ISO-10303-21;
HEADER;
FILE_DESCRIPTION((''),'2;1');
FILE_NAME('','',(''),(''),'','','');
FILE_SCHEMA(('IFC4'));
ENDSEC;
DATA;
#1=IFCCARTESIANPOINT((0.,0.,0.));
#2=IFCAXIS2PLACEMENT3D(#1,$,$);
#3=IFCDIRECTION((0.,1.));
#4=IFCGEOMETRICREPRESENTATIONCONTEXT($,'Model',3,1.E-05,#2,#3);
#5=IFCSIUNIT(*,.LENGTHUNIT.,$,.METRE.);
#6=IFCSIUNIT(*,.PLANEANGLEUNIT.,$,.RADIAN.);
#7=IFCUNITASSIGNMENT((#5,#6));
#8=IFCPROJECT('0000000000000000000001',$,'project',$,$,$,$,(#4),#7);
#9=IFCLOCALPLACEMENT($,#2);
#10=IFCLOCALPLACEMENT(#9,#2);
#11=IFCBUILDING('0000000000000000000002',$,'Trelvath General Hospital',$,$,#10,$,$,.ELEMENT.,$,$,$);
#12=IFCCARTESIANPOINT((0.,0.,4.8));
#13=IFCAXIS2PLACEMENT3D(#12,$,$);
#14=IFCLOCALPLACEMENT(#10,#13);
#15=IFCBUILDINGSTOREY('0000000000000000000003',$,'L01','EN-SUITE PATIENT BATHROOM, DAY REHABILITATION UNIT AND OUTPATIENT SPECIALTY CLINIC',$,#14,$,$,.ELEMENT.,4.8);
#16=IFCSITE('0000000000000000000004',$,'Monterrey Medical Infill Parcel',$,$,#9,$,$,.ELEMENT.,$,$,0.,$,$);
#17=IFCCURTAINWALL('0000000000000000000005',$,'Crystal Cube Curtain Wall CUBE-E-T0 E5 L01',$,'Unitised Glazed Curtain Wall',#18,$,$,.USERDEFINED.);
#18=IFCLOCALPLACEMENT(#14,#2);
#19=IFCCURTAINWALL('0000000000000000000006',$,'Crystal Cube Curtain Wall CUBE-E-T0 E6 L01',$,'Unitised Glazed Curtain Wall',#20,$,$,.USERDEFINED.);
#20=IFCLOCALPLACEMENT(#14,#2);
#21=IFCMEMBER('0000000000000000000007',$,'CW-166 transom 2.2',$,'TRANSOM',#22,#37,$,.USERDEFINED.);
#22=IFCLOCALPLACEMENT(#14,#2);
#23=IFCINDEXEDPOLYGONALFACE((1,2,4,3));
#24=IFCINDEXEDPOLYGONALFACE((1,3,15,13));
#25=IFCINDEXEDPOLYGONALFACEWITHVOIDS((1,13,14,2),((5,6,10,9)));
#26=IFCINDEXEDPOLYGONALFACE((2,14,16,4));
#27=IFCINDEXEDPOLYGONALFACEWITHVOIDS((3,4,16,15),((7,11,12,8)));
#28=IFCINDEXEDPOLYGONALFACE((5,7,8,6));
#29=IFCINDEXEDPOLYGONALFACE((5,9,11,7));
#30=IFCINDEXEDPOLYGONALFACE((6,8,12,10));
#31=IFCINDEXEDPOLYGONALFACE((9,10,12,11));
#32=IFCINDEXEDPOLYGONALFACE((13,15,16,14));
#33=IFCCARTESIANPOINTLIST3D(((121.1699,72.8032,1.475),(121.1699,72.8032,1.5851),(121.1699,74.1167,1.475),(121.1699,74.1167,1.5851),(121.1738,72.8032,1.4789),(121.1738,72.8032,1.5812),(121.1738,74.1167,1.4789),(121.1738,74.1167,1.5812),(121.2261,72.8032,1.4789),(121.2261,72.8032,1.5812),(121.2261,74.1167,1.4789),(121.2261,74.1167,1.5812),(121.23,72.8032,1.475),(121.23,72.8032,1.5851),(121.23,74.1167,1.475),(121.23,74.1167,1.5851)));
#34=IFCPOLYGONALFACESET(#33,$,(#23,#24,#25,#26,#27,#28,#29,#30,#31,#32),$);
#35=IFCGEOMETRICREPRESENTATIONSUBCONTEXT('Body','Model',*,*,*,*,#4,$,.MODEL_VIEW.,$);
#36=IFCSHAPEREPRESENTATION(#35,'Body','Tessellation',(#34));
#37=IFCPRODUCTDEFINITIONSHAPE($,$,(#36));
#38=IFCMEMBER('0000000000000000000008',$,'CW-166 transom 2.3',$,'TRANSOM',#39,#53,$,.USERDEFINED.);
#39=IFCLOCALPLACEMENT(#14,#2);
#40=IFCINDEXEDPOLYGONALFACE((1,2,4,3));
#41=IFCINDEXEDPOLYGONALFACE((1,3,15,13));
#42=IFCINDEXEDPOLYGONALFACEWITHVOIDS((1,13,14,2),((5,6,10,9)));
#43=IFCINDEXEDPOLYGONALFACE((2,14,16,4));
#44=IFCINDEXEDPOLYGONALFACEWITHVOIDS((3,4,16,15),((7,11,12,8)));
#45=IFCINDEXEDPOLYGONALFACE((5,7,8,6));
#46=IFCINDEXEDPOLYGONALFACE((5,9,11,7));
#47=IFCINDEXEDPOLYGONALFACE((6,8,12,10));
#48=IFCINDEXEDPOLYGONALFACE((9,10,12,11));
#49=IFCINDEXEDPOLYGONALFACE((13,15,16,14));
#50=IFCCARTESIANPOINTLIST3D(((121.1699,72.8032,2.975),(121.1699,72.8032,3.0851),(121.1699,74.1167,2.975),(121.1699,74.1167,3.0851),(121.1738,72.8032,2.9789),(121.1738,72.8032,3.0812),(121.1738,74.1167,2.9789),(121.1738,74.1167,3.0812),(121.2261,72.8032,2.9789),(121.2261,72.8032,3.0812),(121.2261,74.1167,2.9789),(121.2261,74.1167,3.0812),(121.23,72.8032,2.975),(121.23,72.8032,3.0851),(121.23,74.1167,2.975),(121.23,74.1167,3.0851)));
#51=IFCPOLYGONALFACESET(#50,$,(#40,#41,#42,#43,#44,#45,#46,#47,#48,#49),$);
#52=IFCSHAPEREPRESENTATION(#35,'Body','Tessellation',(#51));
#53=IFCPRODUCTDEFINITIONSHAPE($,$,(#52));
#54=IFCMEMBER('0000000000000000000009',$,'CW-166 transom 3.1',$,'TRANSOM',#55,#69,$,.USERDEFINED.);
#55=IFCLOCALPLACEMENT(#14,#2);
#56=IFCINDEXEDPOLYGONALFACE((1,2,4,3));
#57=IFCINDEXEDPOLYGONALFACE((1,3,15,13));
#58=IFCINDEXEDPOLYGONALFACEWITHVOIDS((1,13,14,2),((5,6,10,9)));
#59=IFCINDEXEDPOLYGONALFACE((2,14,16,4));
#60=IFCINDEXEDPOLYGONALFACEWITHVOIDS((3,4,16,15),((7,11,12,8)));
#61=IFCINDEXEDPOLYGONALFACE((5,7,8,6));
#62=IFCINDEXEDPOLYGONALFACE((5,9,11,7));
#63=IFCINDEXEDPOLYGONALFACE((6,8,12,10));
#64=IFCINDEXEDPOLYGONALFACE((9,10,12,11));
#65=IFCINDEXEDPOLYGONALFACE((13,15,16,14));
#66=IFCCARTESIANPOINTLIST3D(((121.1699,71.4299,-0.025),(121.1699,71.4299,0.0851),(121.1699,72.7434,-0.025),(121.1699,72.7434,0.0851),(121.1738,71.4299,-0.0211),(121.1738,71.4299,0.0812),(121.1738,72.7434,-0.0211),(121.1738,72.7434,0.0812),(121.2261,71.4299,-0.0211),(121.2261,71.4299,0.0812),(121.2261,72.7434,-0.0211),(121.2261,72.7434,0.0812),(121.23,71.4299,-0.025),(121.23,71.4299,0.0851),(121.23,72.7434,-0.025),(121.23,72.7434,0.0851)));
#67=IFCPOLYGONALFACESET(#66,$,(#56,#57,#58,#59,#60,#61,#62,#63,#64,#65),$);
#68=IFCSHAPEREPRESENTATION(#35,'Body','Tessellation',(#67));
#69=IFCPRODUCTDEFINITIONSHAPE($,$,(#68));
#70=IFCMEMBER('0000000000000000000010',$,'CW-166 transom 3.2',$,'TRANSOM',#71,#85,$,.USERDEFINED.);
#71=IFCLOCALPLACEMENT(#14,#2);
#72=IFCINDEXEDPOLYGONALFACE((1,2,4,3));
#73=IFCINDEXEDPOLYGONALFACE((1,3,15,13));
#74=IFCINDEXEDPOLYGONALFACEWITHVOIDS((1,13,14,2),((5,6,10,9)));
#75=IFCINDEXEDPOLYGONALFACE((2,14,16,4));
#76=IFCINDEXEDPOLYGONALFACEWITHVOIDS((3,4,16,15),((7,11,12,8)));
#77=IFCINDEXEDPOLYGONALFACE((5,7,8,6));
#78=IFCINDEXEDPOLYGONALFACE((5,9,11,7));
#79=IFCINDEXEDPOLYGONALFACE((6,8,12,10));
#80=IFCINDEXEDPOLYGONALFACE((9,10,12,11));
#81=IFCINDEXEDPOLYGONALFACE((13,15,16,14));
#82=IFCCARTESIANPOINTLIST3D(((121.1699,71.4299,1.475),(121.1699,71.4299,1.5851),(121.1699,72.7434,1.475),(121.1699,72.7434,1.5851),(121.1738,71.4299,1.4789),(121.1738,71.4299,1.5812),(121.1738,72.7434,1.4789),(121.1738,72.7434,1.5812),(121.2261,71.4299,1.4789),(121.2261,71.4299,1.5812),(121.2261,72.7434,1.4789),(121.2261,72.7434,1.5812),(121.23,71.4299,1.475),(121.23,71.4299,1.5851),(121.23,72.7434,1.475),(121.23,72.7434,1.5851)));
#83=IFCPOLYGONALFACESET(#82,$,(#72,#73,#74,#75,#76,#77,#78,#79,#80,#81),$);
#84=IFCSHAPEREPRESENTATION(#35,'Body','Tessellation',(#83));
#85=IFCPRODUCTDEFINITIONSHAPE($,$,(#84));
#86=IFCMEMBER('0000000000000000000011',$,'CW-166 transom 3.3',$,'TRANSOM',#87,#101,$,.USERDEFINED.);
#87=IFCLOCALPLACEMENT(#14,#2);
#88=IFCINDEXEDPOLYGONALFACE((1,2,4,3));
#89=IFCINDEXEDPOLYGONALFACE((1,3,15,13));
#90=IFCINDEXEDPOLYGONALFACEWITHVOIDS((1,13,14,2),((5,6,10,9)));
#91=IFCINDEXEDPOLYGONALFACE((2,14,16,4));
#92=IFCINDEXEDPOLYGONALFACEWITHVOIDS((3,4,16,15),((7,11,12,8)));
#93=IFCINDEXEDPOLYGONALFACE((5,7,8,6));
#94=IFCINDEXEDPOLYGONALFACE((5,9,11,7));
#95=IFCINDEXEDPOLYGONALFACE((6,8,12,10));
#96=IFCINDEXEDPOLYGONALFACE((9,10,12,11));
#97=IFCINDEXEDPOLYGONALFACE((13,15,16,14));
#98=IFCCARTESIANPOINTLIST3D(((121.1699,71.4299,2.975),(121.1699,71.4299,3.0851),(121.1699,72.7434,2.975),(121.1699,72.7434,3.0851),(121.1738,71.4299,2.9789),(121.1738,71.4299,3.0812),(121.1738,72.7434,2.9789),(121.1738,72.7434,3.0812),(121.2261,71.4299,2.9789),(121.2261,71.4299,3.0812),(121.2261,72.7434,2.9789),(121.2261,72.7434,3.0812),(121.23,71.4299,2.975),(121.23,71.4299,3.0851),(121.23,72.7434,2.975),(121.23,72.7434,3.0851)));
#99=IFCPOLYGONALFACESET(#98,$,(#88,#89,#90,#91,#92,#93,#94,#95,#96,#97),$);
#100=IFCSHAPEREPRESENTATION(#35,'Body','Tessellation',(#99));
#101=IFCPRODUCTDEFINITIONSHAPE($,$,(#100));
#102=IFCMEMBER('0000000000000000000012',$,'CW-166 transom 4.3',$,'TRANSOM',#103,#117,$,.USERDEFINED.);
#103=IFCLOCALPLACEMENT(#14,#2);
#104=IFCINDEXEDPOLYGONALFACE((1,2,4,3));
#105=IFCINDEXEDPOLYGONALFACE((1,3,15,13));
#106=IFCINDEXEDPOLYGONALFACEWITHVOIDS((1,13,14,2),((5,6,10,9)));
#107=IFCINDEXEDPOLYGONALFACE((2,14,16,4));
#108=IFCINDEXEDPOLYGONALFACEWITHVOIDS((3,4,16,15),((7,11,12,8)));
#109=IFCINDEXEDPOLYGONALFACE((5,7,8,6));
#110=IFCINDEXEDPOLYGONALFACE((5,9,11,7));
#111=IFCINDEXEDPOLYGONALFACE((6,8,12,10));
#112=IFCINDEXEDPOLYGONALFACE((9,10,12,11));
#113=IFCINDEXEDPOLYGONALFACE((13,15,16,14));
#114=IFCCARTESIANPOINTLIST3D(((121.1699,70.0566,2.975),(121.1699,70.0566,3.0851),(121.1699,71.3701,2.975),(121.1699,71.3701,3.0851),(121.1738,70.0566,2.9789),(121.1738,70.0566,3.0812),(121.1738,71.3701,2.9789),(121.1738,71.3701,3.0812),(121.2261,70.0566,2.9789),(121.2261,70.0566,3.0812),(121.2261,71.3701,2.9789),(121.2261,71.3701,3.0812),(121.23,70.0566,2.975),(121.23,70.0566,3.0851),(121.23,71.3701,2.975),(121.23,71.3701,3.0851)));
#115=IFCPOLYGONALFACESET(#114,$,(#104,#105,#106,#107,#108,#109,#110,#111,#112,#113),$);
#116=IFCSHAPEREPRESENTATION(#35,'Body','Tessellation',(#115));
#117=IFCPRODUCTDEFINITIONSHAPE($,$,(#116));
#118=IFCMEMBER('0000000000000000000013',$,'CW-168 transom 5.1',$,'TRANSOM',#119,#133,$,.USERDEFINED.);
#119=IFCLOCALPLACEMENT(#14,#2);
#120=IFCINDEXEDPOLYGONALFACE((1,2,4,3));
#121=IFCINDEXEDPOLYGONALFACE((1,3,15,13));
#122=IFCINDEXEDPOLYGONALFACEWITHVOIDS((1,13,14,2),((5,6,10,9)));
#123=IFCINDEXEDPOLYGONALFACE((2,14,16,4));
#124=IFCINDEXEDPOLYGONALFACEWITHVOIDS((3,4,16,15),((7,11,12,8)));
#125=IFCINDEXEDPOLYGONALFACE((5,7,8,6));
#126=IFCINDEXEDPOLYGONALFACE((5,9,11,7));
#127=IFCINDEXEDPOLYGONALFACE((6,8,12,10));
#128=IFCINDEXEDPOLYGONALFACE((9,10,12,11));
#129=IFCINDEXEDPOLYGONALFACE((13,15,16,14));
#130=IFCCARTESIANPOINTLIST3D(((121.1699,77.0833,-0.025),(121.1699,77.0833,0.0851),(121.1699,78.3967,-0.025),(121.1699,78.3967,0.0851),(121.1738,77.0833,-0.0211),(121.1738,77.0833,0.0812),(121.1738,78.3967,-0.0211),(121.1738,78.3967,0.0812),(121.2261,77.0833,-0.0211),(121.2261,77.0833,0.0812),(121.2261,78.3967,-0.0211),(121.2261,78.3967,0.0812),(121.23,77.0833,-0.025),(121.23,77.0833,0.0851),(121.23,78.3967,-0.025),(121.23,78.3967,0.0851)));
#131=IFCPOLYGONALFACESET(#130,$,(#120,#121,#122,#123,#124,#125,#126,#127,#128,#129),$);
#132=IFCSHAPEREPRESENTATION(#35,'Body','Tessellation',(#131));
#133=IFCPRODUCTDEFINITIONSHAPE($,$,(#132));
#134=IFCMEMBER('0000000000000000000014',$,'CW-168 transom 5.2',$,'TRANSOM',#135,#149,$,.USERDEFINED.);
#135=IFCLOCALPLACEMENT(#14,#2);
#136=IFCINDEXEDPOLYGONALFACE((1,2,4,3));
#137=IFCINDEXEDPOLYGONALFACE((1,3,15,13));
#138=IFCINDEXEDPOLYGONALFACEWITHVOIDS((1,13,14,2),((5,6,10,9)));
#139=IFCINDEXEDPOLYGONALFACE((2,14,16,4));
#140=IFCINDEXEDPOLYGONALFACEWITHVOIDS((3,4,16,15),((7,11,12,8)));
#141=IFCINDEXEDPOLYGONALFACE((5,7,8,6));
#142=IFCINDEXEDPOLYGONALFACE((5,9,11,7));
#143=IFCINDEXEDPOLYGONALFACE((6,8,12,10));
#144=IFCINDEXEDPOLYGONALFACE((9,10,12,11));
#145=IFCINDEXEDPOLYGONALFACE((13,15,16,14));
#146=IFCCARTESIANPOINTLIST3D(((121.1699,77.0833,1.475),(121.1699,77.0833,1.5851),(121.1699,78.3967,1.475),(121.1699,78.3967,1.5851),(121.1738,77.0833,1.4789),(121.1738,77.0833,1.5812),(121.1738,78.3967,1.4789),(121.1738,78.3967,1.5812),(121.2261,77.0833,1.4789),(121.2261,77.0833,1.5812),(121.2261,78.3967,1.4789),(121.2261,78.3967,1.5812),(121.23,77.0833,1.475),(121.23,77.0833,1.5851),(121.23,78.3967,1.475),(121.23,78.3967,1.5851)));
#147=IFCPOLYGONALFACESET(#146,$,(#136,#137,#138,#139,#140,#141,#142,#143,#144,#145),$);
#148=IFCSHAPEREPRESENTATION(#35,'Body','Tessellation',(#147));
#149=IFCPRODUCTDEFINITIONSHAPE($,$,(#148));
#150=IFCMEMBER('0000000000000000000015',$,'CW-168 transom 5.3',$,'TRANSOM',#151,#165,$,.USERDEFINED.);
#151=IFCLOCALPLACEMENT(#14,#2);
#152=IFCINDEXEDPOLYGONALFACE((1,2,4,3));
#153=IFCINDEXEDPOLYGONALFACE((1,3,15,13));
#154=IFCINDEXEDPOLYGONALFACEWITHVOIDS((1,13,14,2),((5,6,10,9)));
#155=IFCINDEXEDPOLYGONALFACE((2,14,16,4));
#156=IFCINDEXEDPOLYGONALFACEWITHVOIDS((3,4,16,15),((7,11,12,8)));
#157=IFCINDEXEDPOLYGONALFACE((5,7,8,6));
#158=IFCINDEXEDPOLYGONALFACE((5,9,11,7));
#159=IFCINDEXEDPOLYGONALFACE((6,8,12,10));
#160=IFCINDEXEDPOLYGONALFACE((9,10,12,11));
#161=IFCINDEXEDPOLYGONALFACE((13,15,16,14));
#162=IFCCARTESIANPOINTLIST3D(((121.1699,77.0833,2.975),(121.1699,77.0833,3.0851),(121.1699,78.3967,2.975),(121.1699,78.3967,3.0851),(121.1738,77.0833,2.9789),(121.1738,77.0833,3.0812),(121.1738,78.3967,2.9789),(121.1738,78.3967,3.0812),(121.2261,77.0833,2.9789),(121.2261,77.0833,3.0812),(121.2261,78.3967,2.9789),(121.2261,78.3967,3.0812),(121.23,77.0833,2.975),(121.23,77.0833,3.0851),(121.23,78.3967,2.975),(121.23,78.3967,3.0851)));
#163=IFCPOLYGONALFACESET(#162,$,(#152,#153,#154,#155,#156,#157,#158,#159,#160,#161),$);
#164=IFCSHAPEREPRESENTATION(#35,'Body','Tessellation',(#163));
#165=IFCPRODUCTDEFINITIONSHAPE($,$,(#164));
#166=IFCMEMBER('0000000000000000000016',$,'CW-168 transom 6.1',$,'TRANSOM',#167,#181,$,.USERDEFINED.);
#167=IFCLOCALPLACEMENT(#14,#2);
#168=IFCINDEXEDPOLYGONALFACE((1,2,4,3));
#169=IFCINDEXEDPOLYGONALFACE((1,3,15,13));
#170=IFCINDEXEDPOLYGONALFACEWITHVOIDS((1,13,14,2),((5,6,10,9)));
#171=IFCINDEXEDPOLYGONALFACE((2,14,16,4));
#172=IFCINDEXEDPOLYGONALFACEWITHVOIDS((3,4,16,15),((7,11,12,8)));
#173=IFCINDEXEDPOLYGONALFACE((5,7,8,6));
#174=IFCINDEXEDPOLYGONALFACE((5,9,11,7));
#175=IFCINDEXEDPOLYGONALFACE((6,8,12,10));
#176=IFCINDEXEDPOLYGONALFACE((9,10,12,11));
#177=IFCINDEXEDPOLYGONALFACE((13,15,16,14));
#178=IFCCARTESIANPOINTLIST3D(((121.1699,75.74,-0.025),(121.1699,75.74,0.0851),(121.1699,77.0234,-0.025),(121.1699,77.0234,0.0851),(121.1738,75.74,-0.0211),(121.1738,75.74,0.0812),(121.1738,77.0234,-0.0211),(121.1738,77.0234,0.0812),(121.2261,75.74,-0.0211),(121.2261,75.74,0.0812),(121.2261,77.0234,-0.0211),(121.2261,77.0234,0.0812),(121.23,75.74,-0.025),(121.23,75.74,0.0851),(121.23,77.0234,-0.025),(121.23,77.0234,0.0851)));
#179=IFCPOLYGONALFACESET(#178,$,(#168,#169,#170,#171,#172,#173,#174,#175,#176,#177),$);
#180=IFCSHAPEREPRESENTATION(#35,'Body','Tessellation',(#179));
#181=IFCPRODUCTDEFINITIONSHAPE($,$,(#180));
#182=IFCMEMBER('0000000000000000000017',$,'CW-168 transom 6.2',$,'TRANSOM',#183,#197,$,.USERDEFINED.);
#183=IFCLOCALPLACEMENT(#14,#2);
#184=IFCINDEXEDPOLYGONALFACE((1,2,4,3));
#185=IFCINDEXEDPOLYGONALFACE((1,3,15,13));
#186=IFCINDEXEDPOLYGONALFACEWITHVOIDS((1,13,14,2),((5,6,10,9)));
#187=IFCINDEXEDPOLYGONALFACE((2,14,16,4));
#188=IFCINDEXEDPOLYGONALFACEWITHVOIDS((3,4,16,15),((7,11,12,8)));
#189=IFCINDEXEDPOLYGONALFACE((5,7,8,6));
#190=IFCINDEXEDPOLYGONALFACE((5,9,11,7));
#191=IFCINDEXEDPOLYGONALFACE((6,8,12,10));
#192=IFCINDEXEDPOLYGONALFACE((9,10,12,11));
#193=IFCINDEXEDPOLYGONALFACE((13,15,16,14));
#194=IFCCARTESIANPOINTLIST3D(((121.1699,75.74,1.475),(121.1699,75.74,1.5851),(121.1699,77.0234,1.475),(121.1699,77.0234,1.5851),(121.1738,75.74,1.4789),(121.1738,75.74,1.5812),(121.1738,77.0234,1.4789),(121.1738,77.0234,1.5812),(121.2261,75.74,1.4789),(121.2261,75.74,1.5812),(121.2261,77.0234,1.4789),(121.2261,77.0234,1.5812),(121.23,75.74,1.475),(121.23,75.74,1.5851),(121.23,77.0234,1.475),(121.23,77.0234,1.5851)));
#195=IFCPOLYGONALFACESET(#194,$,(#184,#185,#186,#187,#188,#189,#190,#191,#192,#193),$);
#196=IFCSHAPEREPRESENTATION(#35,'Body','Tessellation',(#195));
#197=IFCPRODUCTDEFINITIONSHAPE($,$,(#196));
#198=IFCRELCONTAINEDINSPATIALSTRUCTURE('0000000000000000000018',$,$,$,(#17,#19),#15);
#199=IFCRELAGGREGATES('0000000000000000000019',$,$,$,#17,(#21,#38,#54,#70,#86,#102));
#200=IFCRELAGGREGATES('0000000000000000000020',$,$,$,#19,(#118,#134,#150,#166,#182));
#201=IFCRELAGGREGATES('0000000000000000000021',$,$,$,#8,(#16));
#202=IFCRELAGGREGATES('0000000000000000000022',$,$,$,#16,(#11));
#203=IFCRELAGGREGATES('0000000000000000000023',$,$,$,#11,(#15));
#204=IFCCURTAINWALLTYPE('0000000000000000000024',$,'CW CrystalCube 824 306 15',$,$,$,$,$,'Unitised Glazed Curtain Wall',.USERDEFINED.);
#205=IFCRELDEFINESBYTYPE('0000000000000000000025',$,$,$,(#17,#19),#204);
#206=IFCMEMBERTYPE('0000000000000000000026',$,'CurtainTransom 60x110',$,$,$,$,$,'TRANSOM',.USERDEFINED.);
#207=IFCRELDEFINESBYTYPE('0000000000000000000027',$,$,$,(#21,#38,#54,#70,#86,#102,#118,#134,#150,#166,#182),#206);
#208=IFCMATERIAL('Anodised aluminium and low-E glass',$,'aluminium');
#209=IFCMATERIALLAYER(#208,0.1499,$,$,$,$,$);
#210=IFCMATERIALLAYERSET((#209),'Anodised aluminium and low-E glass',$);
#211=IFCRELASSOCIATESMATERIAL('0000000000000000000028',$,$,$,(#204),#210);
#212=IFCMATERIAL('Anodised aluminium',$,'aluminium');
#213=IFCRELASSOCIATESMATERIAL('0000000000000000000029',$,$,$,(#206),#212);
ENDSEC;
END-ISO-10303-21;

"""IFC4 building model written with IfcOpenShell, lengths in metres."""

from ifc_helpers import new_model, si_unit, direction, frame, origin, origin_2d, place, context, subcontext, project, spatial, hollow_rectangle, extrude, material, layer, layer_set, material_profile, profile_set, type_object, element, aggregate, save


model = new_model("IFC4")

# Units and contexts
model_context = context("Model", 3, precision=1e-05, world=origin(), true_north=direction((0.0, 1.0)))
body_context = subcontext(model_context, "Body", "Model", "MODEL_VIEW")
ifc_project = project(units=[si_unit("LENGTHUNIT", "METRE"), si_unit("PLANEANGLEUNIT", "RADIAN")], contexts=[model_context])

# Site, building, storey
site_placement = place(None, origin())
site = spatial("IfcSite", under=ifc_project, at=site_placement, Name="Monterrey Medical Infill Parcel", CompositionType="ELEMENT", RefElevation=0.0)
building_placement = place(site_placement, origin())
building = spatial("IfcBuilding", under=site, at=building_placement, Name="Trelvath General Hospital", CompositionType="ELEMENT")
storey_placement = place(building_placement, frame((0.0, 0.0, 4.8)))
storey = spatial("IfcBuildingStorey", under=building, at=storey_placement, Name="L01", Description="EN-SUITE PATIENT BATHROOM, DAY REHABILITATION UNIT AND OUTPATIENT SPECIALTY CLINIC", CompositionType="ELEMENT", Elevation=4.8)

# Curtain walls
ifc_material_1 = material(Name="Anodised aluminium and low-E glass", Category="aluminium")
ifc_layer_1 = layer(ifc_material_1, 0.1499)
ifc_layer_set_1 = layer_set([ifc_layer_1], Name="Anodised aluminium and low-E glass")
curtain_wall_type = type_object("IfcCurtainWallType", Name="CW CrystalCube 824 306 15", ElementType="Unitised Glazed Curtain Wall", PredefinedType="USERDEFINED", material=ifc_layer_set_1)
curtain_wall_1_placement = place(storey_placement, origin())
curtain_wall_1 = element("IfcCurtainWall", 1, at=curtain_wall_1_placement, inside=storey, type_object=curtain_wall_type, Name="Crystal Cube Curtain Wall CUBE-E-T0 E5 L01", ObjectType="Unitised Glazed Curtain Wall", PredefinedType="USERDEFINED")
curtain_wall_2_placement = place(storey_placement, origin())
curtain_wall_2 = element("IfcCurtainWall", 2, at=curtain_wall_2_placement, inside=storey, type_object=curtain_wall_type, Name="Crystal Cube Curtain Wall CUBE-E-T0 E6 L01", ObjectType="Unitised Glazed Curtain Wall", PredefinedType="USERDEFINED")

# Members
ifc_material_2 = material(Name="Anodised aluminium", Category="aluminium")
ifc_material_profile_1 = material_profile(ifc_material_2, hollow_rectangle(XDim=0.0601, YDim=0.1101, WallThickness=0.0039, at=origin_2d()), Name="RHS60x110x4")
ifc_profile_set_1 = profile_set([ifc_material_profile_1], Name="Anodised aluminium")
member_type_1 = type_object("IfcMemberType", Name="CurtainTransom 60x110", ElementType="TRANSOM", PredefinedType="USERDEFINED", material=ifc_profile_set_1)
member_1_placement = place(storey_placement, frame((121.2, 74.1167, 1.53), z_axis=(0.0, -1.0, 0.0), x_axis=(1.0, 0.0, 0.0)))
member_1 = element("IfcMember", 3, at=member_1_placement, type_object=member_type_1, Name="CW-166 transom 2.2", ObjectType="TRANSOM", PredefinedType="USERDEFINED", context=body_context, shape_type="SweptSolid", body=[
    extrude(hollow_rectangle(XDim=0.0601, YDim=0.1101, WallThickness=0.0039, at=origin_2d()), origin(), (0.0, 0.0, 1.0), 1.3135),
])
member_2_placement = place(storey_placement, frame((121.2, 74.1167, 3.03), z_axis=(0.0, -1.0, 0.0), x_axis=(1.0, 0.0, 0.0)))
member_2 = element("IfcMember", 4, at=member_2_placement, type_object=member_type_1, Name="CW-166 transom 2.3", ObjectType="TRANSOM", PredefinedType="USERDEFINED", context=body_context, shape_type="SweptSolid", body=[
    extrude(hollow_rectangle(XDim=0.0601, YDim=0.1101, WallThickness=0.0039, at=origin_2d()), origin(), (0.0, 0.0, 1.0), 1.3135),
])
member_3_placement = place(storey_placement, frame((121.2, 72.7434, 0.03), z_axis=(0.0, -1.0, 0.0), x_axis=(1.0, 0.0, 0.0)))
member_3 = element("IfcMember", 5, at=member_3_placement, type_object=member_type_1, Name="CW-166 transom 3.1", ObjectType="TRANSOM", PredefinedType="USERDEFINED", context=body_context, shape_type="SweptSolid", body=[
    extrude(hollow_rectangle(XDim=0.0601, YDim=0.1101, WallThickness=0.0039, at=origin_2d()), origin(), (0.0, 0.0, 1.0), 1.3135),
])
member_4_placement = place(storey_placement, frame((121.2, 72.7434, 1.53), z_axis=(0.0, -1.0, 0.0), x_axis=(1.0, 0.0, 0.0)))
member_4 = element("IfcMember", 6, at=member_4_placement, type_object=member_type_1, Name="CW-166 transom 3.2", ObjectType="TRANSOM", PredefinedType="USERDEFINED", context=body_context, shape_type="SweptSolid", body=[
    extrude(hollow_rectangle(XDim=0.0601, YDim=0.1101, WallThickness=0.0039, at=origin_2d()), origin(), (0.0, 0.0, 1.0), 1.3135),
])
member_5_placement = place(storey_placement, frame((121.2, 72.7434, 3.03), z_axis=(0.0, -1.0, 0.0), x_axis=(1.0, 0.0, 0.0)))
member_5 = element("IfcMember", 7, at=member_5_placement, type_object=member_type_1, Name="CW-166 transom 3.3", ObjectType="TRANSOM", PredefinedType="USERDEFINED", context=body_context, shape_type="SweptSolid", body=[
    extrude(hollow_rectangle(XDim=0.0601, YDim=0.1101, WallThickness=0.0039, at=origin_2d()), origin(), (0.0, 0.0, 1.0), 1.3135),
])
member_6_placement = place(storey_placement, frame((121.2, 71.3701, 3.03), z_axis=(0.0, -1.0, 0.0), x_axis=(1.0, 0.0, 0.0)))
member_6 = element("IfcMember", 8, at=member_6_placement, type_object=member_type_1, Name="CW-166 transom 4.3", ObjectType="TRANSOM", PredefinedType="USERDEFINED", context=body_context, shape_type="SweptSolid", body=[
    extrude(hollow_rectangle(XDim=0.0601, YDim=0.1101, WallThickness=0.0039, at=origin_2d()), origin(), (0.0, 0.0, 1.0), 1.3135),
])
member_7_placement = place(storey_placement, frame((121.2, 78.3967, 0.03), z_axis=(0.0, -1.0, 0.0), x_axis=(1.0, 0.0, 0.0)))
member_7 = element("IfcMember", 9, at=member_7_placement, type_object=member_type_1, Name="CW-168 transom 5.1", ObjectType="TRANSOM", PredefinedType="USERDEFINED", context=body_context, shape_type="SweptSolid", body=[
    extrude(hollow_rectangle(XDim=0.0601, YDim=0.1101, WallThickness=0.0039, at=origin_2d()), origin(), (0.0, 0.0, 1.0), 1.3135),
])
member_8_placement = place(storey_placement, frame((121.2, 78.3967, 1.53), z_axis=(0.0, -1.0, 0.0), x_axis=(1.0, 0.0, 0.0)))
member_8 = element("IfcMember", 10, at=member_8_placement, type_object=member_type_1, Name="CW-168 transom 5.2", ObjectType="TRANSOM", PredefinedType="USERDEFINED", context=body_context, shape_type="SweptSolid", body=[
    extrude(hollow_rectangle(XDim=0.0601, YDim=0.1101, WallThickness=0.0039, at=origin_2d()), origin(), (0.0, 0.0, 1.0), 1.3135),
])
member_9_placement = place(storey_placement, frame((121.2, 78.3967, 3.03), z_axis=(0.0, -1.0, 0.0), x_axis=(1.0, 0.0, 0.0)))
member_9 = element("IfcMember", 11, at=member_9_placement, type_object=member_type_1, Name="CW-168 transom 5.3", ObjectType="TRANSOM", PredefinedType="USERDEFINED", context=body_context, shape_type="SweptSolid", body=[
    extrude(hollow_rectangle(XDim=0.0601, YDim=0.1101, WallThickness=0.0039, at=origin_2d()), origin(), (0.0, 0.0, 1.0), 1.3135),
])
member_10_placement = place(storey_placement, frame((121.2, 77.0234, 0.03), z_axis=(0.0, -1.0, 0.0), x_axis=(1.0, 0.0, 0.0)))
member_10 = element("IfcMember", 12, at=member_10_placement, type_object=member_type_1, Name="CW-168 transom 6.1", ObjectType="TRANSOM", PredefinedType="USERDEFINED", context=body_context, shape_type="SweptSolid", body=[
    extrude(hollow_rectangle(XDim=0.0601, YDim=0.1101, WallThickness=0.0039, at=origin_2d()), origin(), (0.0, 0.0, 1.0), 1.2834),
])
member_11_placement = place(storey_placement, frame((121.2, 77.0234, 1.53), z_axis=(0.0, -1.0, 0.0), x_axis=(1.0, 0.0, 0.0)))
member_11 = element("IfcMember", 13, at=member_11_placement, type_object=member_type_1, Name="CW-168 transom 6.2", ObjectType="TRANSOM", PredefinedType="USERDEFINED", context=body_context, shape_type="SweptSolid", body=[
    extrude(hollow_rectangle(XDim=0.0601, YDim=0.1101, WallThickness=0.0039, at=origin_2d()), origin(), (0.0, 0.0, 1.0), 1.2834),
])

aggregate(curtain_wall_1, [member_1, member_2, member_3, member_4, member_5, member_6])
aggregate(curtain_wall_2, [member_7, member_8, member_9, member_10, member_11])

save(model, "model.ifc")
